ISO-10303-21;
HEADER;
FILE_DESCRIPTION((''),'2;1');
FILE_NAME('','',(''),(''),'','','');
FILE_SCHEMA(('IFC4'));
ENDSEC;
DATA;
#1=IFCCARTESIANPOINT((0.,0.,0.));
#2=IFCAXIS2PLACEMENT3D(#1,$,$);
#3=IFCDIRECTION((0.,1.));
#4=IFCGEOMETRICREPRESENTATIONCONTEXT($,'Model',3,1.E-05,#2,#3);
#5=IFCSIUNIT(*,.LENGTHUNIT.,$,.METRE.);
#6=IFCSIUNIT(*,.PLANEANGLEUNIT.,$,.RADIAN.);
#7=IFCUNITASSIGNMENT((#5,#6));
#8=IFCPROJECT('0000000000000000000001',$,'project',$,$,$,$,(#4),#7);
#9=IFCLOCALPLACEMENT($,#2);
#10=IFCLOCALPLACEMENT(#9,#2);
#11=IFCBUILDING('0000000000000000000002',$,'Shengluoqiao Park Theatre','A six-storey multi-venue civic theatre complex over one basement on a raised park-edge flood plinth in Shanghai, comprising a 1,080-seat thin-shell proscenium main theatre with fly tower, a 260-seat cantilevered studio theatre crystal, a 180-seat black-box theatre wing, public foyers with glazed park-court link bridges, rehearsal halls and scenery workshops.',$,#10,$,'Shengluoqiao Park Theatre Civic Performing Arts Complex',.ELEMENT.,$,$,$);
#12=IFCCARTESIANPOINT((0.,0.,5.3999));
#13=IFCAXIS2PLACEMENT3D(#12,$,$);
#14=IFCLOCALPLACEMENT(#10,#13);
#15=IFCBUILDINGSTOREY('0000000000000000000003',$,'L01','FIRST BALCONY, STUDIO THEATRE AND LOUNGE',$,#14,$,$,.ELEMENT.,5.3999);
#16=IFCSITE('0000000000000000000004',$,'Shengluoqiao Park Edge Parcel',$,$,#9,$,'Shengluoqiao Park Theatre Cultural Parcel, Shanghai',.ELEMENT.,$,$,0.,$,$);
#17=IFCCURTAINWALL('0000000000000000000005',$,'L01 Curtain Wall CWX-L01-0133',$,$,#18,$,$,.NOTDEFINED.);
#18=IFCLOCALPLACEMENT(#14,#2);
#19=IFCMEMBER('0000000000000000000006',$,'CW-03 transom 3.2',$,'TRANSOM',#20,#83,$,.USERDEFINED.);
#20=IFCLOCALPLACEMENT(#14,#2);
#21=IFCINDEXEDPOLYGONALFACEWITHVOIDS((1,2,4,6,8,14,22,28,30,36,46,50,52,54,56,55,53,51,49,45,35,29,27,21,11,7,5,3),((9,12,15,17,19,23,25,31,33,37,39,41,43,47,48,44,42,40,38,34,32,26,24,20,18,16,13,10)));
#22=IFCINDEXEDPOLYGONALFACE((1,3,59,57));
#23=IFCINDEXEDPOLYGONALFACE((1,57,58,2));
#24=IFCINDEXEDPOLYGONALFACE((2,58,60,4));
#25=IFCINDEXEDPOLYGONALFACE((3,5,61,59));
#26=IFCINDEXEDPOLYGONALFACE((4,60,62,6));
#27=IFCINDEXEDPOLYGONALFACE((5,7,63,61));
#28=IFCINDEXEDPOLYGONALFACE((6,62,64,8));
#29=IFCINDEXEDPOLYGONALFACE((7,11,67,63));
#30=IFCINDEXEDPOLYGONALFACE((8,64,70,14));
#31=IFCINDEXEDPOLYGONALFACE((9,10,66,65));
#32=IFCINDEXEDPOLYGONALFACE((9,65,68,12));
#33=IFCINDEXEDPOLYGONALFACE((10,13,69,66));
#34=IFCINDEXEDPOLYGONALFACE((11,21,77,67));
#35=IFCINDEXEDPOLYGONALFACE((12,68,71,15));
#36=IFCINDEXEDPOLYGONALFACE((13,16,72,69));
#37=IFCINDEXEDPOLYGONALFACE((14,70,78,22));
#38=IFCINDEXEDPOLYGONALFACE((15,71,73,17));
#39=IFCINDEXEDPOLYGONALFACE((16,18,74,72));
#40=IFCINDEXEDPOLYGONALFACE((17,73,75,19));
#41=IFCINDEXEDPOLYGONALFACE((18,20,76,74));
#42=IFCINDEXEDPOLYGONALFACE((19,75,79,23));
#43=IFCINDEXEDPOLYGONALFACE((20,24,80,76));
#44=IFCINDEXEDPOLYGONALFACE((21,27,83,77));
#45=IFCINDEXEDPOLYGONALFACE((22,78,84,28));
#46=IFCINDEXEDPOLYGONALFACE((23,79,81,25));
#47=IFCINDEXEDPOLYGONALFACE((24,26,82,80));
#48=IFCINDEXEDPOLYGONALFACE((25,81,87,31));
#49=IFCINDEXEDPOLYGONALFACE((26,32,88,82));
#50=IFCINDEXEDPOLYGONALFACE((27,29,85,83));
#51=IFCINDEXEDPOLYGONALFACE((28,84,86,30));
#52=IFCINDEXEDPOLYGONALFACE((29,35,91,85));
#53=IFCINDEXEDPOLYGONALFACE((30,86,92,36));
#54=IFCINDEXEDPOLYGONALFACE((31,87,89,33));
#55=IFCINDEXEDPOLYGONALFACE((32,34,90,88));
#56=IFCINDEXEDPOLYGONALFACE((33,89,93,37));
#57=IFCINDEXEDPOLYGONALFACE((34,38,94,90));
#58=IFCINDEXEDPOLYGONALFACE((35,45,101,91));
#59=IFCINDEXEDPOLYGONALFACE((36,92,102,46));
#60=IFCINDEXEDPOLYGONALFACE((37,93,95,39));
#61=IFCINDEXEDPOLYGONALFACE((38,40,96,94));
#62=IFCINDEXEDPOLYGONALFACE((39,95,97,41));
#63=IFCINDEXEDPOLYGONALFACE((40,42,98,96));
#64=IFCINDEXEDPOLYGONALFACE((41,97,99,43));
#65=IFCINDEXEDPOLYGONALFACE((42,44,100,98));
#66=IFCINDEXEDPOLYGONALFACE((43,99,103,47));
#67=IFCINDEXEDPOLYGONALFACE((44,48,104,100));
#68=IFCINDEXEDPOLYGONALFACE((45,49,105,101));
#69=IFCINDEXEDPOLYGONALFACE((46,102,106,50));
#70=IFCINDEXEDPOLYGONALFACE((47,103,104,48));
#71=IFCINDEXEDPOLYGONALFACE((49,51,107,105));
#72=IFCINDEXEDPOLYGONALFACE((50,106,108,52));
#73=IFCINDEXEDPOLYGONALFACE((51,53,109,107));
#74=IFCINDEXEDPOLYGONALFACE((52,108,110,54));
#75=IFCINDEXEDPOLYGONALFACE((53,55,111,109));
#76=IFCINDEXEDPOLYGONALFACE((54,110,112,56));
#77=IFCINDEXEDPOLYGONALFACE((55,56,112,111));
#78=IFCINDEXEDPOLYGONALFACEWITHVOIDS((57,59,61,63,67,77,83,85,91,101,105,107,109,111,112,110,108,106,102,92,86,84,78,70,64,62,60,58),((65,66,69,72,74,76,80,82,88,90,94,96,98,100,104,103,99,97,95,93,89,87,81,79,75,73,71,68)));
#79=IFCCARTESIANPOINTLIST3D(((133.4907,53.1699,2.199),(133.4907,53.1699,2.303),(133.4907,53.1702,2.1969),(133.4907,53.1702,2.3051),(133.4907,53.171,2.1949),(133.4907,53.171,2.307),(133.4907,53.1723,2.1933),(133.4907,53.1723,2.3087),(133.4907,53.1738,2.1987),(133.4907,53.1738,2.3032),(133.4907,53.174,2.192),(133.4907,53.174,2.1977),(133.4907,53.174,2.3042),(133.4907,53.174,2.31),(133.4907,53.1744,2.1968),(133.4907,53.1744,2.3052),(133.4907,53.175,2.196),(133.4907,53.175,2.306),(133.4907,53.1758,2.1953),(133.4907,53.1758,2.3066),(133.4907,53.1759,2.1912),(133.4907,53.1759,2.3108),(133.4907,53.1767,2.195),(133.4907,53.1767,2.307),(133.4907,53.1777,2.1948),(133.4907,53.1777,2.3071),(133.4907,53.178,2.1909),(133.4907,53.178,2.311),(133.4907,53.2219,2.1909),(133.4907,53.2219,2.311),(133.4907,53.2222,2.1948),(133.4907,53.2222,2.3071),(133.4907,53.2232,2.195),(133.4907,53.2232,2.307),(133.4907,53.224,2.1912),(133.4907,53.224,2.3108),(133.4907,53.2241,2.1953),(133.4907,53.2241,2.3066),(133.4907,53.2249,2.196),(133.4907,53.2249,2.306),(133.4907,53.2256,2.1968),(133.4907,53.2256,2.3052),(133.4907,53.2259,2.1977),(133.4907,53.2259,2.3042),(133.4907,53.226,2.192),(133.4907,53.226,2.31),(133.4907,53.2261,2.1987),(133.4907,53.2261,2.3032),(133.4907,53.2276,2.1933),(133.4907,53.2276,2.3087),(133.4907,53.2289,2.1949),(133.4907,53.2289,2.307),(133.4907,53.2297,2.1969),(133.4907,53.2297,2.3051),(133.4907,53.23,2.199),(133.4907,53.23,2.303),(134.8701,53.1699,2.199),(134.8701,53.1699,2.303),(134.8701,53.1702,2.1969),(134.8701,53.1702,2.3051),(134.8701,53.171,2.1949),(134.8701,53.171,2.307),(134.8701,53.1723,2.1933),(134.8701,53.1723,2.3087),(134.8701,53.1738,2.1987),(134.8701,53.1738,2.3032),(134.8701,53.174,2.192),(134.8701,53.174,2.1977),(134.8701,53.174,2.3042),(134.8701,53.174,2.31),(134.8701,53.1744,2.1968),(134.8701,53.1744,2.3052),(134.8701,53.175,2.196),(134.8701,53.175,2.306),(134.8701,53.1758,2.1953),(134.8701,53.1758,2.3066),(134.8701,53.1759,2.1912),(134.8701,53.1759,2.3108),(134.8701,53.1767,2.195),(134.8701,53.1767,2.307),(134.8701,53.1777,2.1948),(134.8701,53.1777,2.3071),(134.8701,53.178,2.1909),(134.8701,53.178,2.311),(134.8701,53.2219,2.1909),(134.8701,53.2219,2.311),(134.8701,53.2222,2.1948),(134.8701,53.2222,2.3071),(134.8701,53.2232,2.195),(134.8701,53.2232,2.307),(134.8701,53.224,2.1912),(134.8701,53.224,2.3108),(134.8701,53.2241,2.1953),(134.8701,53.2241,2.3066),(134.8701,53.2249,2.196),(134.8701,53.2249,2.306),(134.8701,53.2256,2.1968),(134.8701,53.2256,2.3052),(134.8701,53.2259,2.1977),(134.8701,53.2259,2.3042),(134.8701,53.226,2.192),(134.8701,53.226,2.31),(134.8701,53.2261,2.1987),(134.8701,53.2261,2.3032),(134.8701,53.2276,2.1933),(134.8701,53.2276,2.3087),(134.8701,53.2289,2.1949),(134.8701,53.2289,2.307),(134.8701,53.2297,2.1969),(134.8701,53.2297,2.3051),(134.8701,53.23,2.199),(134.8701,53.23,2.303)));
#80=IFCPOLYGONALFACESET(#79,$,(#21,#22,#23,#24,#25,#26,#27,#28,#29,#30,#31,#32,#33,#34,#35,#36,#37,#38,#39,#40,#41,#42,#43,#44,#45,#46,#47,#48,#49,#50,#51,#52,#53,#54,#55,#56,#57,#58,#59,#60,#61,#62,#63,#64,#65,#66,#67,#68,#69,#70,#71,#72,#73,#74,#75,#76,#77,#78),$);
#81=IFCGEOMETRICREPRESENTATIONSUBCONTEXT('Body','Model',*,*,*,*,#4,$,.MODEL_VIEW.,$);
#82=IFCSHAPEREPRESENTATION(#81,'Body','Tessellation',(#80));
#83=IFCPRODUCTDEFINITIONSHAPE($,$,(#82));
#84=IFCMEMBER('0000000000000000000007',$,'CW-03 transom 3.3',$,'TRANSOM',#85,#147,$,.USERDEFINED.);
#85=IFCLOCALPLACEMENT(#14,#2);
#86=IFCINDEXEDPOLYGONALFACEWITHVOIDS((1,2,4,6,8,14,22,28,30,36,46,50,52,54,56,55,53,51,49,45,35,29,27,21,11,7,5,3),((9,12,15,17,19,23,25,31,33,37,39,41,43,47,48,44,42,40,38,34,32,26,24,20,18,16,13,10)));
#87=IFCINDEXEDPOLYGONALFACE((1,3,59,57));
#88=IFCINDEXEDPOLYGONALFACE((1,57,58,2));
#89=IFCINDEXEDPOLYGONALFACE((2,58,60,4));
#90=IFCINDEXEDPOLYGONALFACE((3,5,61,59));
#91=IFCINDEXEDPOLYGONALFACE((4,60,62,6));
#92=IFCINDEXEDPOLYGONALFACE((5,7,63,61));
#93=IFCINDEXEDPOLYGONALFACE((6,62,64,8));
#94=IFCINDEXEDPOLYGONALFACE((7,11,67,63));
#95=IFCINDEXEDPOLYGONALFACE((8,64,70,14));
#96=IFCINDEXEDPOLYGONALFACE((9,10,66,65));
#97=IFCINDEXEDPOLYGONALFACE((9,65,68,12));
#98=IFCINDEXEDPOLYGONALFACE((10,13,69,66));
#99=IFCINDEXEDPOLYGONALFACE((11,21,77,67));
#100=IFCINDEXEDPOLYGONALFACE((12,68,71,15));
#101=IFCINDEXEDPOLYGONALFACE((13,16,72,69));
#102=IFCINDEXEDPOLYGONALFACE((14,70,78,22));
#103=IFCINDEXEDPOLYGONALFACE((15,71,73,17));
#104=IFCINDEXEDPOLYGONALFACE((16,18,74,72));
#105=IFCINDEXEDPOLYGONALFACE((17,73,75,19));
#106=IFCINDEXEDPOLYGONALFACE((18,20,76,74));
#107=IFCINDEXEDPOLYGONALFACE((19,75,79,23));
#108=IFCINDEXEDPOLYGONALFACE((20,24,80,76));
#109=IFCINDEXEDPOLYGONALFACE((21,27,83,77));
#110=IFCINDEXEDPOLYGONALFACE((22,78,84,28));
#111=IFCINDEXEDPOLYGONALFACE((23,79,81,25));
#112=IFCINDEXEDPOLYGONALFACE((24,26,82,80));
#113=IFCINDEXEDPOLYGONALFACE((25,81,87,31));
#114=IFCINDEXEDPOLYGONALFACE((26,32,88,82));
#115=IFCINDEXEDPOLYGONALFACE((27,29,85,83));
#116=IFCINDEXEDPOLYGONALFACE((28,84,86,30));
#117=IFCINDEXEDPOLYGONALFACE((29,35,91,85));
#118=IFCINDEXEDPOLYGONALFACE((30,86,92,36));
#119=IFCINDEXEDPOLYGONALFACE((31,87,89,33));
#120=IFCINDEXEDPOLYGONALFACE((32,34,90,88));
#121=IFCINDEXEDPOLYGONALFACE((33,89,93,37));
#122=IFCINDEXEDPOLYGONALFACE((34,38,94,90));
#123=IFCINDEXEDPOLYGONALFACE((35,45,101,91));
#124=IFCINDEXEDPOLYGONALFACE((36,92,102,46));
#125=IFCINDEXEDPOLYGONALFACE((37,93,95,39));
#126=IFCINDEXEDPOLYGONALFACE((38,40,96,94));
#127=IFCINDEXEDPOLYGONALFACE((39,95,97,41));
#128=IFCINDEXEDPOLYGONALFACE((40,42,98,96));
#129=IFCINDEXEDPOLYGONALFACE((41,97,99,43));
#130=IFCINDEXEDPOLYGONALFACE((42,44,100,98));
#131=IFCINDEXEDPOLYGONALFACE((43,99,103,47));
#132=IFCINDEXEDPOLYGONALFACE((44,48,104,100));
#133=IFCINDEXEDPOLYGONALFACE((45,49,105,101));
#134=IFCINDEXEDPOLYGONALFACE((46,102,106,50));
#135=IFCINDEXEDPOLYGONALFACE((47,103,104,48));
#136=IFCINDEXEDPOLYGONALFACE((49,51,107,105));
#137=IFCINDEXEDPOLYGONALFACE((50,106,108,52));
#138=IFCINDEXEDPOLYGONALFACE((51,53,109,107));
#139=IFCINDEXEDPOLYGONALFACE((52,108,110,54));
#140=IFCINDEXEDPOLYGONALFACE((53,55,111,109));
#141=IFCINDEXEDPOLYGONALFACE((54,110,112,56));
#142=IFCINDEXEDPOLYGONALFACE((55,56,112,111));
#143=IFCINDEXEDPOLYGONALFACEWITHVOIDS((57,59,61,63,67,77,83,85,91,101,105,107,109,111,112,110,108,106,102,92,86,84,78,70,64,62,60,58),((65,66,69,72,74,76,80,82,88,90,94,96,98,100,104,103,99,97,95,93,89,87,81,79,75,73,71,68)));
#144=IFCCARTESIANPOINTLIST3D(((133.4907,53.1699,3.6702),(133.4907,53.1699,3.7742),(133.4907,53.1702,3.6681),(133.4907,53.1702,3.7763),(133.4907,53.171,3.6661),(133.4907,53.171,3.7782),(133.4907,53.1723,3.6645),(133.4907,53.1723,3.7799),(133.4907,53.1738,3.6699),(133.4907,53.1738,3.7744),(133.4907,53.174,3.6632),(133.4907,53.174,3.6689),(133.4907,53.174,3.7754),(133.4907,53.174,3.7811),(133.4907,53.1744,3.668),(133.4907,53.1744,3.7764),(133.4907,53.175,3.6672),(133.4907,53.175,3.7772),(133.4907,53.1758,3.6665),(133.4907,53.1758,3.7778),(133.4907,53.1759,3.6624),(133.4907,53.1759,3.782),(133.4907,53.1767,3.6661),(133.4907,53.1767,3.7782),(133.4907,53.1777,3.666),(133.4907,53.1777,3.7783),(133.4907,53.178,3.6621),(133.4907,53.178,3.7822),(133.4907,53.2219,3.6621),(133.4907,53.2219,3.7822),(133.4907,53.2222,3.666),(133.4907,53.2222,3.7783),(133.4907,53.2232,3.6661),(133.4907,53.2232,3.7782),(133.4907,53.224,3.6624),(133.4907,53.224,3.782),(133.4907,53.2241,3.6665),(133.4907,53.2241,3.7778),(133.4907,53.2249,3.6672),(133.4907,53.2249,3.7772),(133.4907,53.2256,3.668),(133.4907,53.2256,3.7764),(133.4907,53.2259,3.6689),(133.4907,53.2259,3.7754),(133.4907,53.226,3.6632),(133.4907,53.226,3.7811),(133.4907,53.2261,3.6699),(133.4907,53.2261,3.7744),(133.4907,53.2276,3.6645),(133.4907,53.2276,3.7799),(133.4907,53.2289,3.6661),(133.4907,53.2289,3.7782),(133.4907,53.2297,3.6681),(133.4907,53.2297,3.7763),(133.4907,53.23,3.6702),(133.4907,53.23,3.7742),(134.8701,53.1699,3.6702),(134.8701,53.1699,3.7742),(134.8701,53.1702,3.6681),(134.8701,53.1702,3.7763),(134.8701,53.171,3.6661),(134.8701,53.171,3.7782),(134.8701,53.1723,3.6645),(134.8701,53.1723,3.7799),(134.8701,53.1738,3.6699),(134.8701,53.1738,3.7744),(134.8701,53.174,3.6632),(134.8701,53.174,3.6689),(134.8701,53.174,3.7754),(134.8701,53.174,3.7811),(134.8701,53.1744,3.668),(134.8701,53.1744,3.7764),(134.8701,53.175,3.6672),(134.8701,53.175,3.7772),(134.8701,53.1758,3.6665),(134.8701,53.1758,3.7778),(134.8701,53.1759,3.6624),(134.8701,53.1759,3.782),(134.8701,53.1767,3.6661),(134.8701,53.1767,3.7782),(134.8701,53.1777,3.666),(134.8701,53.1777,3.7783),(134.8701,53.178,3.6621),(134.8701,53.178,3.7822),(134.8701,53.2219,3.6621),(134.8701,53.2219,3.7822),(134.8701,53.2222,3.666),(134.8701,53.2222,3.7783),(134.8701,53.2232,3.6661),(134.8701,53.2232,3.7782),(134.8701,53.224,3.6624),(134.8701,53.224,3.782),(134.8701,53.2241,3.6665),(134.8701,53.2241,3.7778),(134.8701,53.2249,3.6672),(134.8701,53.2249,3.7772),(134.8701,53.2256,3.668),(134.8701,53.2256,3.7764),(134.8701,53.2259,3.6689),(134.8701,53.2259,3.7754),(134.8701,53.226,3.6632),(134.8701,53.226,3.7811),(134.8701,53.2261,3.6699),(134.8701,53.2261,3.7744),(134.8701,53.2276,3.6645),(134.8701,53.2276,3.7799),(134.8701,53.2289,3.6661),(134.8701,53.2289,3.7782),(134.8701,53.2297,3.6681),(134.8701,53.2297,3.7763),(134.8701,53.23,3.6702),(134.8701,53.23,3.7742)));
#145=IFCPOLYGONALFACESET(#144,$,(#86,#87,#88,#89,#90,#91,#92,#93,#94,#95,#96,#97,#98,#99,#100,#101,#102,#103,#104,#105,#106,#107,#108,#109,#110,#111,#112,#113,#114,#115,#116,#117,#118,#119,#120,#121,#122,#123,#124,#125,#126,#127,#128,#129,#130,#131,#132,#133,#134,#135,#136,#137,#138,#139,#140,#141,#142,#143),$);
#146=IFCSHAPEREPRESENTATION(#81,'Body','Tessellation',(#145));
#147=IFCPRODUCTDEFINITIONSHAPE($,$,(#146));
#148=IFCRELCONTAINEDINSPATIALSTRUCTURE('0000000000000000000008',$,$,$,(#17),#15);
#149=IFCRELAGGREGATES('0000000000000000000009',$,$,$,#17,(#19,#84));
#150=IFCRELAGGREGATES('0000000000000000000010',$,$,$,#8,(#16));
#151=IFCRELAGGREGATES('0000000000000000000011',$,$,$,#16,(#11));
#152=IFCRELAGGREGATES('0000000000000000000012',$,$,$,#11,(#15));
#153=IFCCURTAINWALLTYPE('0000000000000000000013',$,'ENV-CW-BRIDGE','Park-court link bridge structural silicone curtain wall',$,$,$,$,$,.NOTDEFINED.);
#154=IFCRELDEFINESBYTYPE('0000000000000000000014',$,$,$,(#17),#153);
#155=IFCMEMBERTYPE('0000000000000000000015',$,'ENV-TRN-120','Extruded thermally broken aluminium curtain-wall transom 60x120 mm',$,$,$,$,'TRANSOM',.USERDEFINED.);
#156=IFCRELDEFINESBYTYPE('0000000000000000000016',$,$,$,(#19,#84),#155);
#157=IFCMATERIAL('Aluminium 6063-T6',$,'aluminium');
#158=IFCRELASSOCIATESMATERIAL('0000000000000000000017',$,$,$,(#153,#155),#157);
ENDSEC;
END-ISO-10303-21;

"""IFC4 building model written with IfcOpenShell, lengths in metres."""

from ifc_helpers import new_model, si_unit, direction, frame, origin, origin_2d, place, context, subcontext, project, spatial, hollow_rectangle, extrude, material, material_profile, profile_set, type_object, element, aggregate, save


model = new_model("IFC4")

# Units and contexts
model_context = context("Model", 3, precision=1e-05, world=origin(), true_north=direction((0.0, 1.0)))
body_context = subcontext(model_context, "Body", "Model", "MODEL_VIEW")
ifc_project = project(units=[si_unit("LENGTHUNIT", "METRE"), si_unit("PLANEANGLEUNIT", "RADIAN")], contexts=[model_context])

# Site, building, storey
site_placement = place(None, origin())
site = spatial("IfcSite", under=ifc_project, at=site_placement, Name="Shengluoqiao Park Edge Parcel", LongName="Shengluoqiao Park Theatre Cultural Parcel, Shanghai", CompositionType="ELEMENT", RefElevation=0.0)
building_placement = place(site_placement, origin())
building = spatial("IfcBuilding", under=site, at=building_placement, Name="Shengluoqiao Park Theatre", Description="A six-storey multi-venue civic theatre complex over one basement on a raised park-edge flood plinth in Shanghai, comprising a 1,080-seat thin-shell proscenium main theatre with fly tower, a 260-seat cantilevered studio theatre crystal, a 180-seat black-box theatre wing, public foyers with glazed park-court link bridges, rehearsal halls and scenery workshops.", LongName="Shengluoqiao Park Theatre Civic Performing Arts Complex", CompositionType="ELEMENT")
storey_placement = place(building_placement, frame((0.0, 0.0, 5.3999)))
storey = spatial("IfcBuildingStorey", under=building, at=storey_placement, Name="L01", Description="FIRST BALCONY, STUDIO THEATRE AND LOUNGE", CompositionType="ELEMENT", Elevation=5.3999)

# Shared definitions
ifc_material_1 = material(Name="Aluminium 6063-T6", Category="aluminium")
curtain_wall_type = type_object("IfcCurtainWallType", Name="ENV-CW-BRIDGE", Description="Park-court link bridge structural silicone curtain wall", PredefinedType="NOTDEFINED", material=ifc_material_1)

# Curtain wall, members
curtain_wall_1_placement = place(storey_placement, origin())
curtain_wall_1 = element("IfcCurtainWall", 1, at=curtain_wall_1_placement, inside=storey, type_object=curtain_wall_type, Name="L01 Curtain Wall CWX-L01-0133", PredefinedType="NOTDEFINED")
ifc_material_profile_1 = material_profile(ifc_material_1, hollow_rectangle(XDim=0.0601, YDim=0.1201, WallThickness=0.0039, InnerFilletRadius=0.0039, OuterFilletRadius=0.0081, at=origin_2d()), Name="ALU TRANSOM 120x60x4")
ifc_profile_set_1 = profile_set([ifc_material_profile_1], Name="Aluminium 6063-T6")
member_type_1 = type_object("IfcMemberType", Name="ENV-TRN-120", Description="Extruded thermally broken aluminium curtain-wall transom 60x120 mm", ElementType="TRANSOM", PredefinedType="USERDEFINED", material=ifc_profile_set_1)
member_1_placement = place(storey_placement, frame((133.4907, 53.2, 2.251), z_axis=(1.0, 0.0, 0.0), x_axis=(0.0, 1.0, 0.0)))
member_1 = element("IfcMember", 2, at=member_1_placement, type_object=member_type_1, Name="CW-03 transom 3.2", ObjectType="TRANSOM", PredefinedType="USERDEFINED", context=body_context, shape_type="SweptSolid", body=[
    extrude(hollow_rectangle(XDim=0.0601, YDim=0.1201, WallThickness=0.0039, InnerFilletRadius=0.0039, OuterFilletRadius=0.0081, at=origin_2d()), origin(), (0.0, 0.0, 1.0), 1.3794),
])
member_2_placement = place(storey_placement, frame((133.4907, 53.2, 3.7222), z_axis=(1.0, 0.0, 0.0), x_axis=(0.0, 1.0, 0.0)))
member_2 = element("IfcMember", 3, at=member_2_placement, type_object=member_type_1, Name="CW-03 transom 3.3", ObjectType="TRANSOM", PredefinedType="USERDEFINED", context=body_context, shape_type="SweptSolid", body=[
    extrude(hollow_rectangle(XDim=0.0601, YDim=0.1201, WallThickness=0.0039, InnerFilletRadius=0.0039, OuterFilletRadius=0.0081, at=origin_2d()), origin(), (0.0, 0.0, 1.0), 1.3794),
])

aggregate(curtain_wall_1, [member_1, member_2])

save(model, "model.ifc")
